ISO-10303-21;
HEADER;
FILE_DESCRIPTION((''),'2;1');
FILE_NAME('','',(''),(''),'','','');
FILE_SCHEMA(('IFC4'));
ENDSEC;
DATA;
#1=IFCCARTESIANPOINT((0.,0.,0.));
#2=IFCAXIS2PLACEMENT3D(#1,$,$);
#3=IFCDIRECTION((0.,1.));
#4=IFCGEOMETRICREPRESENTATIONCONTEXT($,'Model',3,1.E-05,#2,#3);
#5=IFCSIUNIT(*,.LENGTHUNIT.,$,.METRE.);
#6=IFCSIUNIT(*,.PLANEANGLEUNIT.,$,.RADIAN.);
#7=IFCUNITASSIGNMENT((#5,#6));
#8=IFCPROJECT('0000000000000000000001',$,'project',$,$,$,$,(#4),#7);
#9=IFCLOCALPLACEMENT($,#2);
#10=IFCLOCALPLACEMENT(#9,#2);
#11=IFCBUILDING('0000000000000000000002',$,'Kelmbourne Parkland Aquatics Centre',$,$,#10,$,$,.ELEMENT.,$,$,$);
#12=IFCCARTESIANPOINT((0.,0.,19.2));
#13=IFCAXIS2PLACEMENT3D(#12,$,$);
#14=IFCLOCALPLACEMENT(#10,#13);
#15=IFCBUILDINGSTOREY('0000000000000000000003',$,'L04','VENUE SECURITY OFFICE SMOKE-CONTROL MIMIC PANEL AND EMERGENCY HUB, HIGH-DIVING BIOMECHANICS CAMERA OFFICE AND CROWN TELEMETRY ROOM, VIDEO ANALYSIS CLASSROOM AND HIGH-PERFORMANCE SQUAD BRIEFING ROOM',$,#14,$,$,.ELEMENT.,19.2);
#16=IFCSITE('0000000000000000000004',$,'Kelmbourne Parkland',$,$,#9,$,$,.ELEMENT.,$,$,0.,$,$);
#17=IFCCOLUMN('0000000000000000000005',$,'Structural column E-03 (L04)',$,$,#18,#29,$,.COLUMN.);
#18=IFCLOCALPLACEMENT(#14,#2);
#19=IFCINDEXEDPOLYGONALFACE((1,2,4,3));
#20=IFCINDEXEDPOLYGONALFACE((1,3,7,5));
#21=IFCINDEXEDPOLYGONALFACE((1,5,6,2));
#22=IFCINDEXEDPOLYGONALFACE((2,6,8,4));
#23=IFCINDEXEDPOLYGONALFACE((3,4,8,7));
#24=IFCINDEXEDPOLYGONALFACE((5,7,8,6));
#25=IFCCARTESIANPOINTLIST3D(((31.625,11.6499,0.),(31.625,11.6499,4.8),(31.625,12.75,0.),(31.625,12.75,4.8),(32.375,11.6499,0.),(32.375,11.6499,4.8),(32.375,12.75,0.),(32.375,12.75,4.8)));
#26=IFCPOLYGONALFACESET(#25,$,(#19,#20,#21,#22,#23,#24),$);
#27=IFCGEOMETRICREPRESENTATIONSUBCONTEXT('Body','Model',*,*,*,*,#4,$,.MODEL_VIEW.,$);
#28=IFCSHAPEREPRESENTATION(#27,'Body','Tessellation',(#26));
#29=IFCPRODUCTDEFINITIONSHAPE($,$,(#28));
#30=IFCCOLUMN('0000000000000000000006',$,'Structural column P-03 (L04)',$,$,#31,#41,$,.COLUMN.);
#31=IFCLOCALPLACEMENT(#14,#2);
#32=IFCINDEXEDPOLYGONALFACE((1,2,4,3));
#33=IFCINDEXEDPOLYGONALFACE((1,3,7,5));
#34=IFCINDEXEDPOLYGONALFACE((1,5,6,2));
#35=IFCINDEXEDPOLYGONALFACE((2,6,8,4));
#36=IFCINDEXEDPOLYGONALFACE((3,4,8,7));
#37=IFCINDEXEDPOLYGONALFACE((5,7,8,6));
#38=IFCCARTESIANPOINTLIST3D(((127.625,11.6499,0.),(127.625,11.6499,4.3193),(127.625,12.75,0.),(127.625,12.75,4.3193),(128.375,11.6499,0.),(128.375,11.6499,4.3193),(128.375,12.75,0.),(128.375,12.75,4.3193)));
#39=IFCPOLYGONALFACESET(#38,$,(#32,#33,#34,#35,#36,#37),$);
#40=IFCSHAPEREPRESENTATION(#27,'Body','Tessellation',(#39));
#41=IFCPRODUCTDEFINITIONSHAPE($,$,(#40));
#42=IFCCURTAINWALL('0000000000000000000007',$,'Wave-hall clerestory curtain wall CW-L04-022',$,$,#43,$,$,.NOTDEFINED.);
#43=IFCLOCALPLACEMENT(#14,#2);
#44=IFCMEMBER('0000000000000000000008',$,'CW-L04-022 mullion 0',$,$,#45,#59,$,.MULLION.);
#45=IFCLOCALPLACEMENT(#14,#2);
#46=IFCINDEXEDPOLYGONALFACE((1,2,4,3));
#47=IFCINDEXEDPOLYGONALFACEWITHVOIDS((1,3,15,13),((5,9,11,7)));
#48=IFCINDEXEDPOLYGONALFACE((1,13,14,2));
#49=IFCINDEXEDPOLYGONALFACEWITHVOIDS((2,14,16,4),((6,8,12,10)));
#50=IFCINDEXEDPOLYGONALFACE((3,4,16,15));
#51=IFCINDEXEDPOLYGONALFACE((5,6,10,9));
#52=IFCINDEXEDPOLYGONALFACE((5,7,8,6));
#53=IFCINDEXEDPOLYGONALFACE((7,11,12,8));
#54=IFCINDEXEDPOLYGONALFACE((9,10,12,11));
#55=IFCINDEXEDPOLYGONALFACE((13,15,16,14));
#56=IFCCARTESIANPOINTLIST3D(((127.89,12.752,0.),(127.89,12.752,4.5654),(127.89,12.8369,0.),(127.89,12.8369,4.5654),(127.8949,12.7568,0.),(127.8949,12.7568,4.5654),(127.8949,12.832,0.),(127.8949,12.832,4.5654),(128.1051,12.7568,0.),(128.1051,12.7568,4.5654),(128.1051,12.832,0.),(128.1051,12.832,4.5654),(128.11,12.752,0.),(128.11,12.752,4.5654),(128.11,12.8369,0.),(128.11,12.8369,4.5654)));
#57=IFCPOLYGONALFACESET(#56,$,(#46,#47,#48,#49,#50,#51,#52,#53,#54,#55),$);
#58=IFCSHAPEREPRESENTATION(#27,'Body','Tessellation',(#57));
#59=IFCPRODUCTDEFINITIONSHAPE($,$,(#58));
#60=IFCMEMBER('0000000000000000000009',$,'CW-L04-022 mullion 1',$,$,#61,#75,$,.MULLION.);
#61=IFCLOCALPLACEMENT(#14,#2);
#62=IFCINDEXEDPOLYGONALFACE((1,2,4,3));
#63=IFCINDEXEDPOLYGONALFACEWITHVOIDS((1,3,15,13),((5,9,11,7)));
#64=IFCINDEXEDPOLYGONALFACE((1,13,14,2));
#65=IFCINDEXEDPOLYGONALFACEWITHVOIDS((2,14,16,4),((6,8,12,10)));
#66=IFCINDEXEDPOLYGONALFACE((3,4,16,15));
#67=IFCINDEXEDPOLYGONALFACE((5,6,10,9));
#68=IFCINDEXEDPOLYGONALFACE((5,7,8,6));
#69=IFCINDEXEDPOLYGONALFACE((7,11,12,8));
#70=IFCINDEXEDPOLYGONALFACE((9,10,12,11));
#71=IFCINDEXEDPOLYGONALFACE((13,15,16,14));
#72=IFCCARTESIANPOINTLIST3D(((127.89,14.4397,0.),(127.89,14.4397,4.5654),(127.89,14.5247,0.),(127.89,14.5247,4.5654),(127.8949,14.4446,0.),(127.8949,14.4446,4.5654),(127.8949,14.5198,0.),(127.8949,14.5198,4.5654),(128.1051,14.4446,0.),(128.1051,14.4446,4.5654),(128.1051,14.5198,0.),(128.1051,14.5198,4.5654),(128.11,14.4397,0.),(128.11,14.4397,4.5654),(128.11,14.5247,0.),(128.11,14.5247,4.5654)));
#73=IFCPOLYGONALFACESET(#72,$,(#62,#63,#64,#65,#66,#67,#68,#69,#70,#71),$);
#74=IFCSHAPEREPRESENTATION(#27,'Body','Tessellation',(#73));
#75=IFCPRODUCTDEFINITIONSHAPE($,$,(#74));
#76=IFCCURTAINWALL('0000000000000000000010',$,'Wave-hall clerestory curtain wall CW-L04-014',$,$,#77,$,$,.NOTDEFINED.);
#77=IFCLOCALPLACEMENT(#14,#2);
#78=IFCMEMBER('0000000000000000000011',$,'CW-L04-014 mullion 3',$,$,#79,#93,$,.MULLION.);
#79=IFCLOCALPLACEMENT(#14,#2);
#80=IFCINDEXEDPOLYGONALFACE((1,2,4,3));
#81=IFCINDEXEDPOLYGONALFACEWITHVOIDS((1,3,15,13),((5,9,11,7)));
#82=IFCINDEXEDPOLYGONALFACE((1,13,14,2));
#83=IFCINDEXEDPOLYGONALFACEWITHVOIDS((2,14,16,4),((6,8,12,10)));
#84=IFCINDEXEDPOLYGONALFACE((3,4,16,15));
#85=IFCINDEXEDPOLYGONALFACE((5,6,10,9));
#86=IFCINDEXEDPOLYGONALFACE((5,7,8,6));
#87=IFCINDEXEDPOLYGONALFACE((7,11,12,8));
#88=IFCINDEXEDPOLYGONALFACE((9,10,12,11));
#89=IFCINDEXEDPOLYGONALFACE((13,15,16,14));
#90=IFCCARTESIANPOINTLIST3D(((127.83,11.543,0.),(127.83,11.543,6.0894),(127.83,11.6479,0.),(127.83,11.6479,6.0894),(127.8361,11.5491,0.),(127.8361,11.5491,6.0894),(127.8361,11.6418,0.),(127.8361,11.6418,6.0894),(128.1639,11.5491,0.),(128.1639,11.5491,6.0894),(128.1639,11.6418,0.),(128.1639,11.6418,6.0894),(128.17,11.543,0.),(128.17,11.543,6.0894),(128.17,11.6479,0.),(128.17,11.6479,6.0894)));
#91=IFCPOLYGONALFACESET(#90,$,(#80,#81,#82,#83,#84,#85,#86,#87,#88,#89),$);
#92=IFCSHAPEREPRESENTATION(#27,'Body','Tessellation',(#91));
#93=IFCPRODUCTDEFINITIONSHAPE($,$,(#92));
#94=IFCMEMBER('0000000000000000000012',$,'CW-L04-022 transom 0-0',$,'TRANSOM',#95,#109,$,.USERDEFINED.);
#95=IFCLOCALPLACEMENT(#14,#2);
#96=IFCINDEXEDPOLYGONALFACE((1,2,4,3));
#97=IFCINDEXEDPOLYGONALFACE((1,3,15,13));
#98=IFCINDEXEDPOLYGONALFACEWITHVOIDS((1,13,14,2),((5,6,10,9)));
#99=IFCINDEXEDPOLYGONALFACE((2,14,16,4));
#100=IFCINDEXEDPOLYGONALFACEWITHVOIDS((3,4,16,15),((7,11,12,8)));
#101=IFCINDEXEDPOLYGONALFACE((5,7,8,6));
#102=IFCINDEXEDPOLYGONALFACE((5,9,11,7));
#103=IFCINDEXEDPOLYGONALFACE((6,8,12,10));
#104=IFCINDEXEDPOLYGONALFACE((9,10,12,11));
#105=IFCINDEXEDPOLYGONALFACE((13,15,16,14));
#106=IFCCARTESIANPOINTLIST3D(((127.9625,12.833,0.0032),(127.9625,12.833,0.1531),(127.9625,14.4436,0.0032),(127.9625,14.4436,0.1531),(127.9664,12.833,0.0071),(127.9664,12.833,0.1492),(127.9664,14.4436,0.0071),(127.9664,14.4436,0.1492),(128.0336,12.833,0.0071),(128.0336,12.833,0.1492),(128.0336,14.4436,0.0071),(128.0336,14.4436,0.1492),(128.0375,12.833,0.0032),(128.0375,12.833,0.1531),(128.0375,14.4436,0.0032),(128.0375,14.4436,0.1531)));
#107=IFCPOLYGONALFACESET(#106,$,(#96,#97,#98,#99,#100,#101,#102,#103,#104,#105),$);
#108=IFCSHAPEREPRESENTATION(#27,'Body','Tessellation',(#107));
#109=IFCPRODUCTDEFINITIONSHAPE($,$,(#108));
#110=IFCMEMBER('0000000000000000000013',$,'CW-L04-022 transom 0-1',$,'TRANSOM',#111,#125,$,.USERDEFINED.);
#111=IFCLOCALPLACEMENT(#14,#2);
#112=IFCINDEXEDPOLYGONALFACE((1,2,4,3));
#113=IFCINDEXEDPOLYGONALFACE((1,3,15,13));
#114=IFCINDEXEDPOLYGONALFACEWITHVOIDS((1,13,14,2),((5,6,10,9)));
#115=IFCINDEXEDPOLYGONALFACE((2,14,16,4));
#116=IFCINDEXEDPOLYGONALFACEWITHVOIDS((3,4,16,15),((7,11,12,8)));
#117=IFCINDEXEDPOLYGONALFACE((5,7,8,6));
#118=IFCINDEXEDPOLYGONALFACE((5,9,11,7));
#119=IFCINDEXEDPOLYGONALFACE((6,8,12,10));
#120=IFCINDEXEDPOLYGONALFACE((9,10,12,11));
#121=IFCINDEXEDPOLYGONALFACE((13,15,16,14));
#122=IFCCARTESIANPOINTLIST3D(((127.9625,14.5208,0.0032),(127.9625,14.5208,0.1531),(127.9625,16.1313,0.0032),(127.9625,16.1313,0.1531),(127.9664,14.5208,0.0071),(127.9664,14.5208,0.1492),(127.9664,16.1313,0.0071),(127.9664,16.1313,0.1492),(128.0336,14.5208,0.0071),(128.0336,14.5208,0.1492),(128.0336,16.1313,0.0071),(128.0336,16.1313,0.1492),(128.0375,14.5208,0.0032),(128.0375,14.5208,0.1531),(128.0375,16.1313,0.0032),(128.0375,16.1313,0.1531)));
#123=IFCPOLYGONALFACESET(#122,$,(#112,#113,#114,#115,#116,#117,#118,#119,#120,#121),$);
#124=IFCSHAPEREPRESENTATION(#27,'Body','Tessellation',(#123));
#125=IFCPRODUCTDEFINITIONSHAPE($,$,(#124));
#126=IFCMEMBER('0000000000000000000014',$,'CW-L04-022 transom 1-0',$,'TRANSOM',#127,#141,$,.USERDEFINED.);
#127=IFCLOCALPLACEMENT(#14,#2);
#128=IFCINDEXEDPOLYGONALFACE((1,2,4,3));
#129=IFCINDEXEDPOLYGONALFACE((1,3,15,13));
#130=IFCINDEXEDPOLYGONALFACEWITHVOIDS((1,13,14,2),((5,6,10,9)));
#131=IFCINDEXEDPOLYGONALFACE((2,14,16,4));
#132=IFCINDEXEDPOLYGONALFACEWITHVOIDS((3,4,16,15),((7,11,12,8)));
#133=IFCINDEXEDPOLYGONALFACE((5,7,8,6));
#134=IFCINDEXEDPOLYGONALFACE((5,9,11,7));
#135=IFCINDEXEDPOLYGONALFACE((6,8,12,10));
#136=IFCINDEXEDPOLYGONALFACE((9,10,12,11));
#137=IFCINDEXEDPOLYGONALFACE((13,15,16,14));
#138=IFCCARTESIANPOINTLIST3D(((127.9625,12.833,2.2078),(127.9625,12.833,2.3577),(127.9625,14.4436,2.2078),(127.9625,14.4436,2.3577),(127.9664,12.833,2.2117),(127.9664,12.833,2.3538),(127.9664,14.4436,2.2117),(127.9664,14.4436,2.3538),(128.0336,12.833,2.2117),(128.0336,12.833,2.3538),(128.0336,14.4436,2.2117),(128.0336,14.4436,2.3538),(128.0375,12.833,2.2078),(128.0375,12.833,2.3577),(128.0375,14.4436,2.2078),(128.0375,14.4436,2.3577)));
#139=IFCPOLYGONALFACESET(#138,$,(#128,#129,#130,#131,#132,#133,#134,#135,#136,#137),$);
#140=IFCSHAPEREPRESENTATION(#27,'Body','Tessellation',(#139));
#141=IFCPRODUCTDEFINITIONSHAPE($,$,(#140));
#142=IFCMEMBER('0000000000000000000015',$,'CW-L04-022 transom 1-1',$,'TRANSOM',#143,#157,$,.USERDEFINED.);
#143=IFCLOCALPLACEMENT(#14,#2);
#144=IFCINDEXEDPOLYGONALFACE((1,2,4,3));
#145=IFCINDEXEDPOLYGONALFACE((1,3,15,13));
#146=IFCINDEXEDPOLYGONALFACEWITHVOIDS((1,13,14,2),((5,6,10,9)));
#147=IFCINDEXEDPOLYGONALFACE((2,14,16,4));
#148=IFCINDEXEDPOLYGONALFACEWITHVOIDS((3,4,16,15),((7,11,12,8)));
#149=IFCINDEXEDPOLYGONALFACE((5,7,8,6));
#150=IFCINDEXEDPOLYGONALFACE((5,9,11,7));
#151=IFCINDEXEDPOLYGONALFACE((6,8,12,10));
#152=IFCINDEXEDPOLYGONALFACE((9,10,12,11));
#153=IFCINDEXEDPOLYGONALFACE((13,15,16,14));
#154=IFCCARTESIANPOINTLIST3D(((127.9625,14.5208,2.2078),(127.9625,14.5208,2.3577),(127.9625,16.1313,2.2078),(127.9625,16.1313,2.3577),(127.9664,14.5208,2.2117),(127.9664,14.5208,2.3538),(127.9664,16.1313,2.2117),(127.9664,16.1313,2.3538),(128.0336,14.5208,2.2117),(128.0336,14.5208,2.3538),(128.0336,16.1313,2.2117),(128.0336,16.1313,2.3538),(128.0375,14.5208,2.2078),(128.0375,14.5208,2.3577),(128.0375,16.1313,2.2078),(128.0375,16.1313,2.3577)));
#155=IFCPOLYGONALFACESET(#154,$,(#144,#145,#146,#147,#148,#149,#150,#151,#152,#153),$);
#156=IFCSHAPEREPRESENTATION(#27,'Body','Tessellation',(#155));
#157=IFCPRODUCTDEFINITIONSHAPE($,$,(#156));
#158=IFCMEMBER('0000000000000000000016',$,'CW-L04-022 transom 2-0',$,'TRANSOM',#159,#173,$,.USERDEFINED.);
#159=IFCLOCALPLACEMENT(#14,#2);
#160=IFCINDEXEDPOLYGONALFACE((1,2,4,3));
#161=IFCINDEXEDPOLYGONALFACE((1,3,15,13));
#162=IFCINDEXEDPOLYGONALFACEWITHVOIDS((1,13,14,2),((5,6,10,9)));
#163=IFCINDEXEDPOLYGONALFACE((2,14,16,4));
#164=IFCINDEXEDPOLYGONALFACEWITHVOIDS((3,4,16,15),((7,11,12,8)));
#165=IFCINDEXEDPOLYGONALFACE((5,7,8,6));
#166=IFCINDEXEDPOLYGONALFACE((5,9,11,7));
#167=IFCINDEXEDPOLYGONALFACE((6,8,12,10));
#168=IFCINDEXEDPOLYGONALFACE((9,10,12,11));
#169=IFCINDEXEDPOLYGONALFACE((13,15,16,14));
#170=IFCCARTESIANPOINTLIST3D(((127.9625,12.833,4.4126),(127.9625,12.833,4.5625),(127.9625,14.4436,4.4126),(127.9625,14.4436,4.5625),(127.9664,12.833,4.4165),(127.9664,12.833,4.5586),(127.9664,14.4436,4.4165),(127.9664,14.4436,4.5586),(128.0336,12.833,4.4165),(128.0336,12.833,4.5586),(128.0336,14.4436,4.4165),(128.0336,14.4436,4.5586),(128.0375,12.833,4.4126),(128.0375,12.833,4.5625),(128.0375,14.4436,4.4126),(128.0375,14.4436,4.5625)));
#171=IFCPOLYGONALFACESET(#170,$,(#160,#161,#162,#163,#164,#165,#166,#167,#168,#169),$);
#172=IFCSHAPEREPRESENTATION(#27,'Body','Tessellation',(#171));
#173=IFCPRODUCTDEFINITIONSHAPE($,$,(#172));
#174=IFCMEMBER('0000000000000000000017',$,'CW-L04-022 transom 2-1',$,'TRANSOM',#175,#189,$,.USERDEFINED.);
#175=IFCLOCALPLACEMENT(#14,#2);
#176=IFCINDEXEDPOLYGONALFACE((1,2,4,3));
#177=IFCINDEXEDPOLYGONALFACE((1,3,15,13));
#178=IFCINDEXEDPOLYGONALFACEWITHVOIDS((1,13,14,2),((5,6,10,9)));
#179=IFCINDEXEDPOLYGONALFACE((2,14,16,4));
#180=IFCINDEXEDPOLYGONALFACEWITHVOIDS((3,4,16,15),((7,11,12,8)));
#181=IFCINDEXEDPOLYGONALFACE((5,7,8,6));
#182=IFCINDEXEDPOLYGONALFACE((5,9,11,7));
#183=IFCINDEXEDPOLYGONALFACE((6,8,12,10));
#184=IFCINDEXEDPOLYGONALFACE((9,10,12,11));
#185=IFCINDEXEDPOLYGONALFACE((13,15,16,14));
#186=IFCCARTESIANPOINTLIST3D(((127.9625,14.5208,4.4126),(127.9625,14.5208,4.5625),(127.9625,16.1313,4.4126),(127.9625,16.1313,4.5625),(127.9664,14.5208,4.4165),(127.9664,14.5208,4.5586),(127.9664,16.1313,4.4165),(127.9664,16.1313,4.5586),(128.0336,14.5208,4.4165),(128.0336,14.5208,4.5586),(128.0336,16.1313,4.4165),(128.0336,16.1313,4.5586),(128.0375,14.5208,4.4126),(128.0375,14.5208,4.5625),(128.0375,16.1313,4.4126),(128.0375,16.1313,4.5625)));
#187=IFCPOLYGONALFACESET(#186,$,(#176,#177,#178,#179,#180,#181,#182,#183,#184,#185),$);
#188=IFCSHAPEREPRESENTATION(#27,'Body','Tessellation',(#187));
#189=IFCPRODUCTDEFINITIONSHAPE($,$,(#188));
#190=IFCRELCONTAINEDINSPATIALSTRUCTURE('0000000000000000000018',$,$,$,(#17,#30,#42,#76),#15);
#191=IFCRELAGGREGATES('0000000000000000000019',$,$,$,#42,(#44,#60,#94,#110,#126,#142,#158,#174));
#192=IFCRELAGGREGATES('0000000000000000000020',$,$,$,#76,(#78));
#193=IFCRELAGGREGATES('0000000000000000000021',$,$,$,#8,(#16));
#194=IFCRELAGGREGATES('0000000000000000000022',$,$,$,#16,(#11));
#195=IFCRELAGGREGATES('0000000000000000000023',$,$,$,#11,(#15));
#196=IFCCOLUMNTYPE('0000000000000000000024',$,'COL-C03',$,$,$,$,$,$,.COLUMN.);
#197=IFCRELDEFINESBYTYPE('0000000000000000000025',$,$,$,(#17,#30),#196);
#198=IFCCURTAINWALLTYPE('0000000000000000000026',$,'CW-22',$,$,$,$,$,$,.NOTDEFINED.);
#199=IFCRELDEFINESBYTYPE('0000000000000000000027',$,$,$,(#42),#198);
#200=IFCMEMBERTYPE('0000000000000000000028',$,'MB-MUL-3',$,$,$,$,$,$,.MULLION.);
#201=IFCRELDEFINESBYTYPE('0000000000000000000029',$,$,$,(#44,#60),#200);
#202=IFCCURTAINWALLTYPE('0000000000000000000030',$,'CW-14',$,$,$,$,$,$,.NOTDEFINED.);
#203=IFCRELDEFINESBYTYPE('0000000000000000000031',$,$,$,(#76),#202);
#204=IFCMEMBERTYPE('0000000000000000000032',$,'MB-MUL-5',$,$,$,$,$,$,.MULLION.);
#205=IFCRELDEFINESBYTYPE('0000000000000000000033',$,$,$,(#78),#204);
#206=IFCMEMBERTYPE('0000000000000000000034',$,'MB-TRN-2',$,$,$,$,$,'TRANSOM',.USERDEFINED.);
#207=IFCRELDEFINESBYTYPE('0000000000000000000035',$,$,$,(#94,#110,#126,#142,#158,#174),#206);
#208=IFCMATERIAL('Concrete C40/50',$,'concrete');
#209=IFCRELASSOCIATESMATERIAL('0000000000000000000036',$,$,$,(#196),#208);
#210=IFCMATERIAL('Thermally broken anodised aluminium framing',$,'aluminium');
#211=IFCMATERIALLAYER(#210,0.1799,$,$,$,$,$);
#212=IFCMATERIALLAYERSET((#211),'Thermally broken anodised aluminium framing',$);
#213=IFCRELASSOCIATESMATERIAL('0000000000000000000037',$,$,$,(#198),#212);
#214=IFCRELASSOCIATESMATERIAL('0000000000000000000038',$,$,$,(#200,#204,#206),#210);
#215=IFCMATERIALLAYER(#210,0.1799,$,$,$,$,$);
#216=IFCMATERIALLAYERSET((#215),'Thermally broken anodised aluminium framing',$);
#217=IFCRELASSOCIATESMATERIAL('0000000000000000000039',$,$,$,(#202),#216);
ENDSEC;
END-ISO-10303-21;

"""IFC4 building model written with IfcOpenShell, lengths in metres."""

from ifc_helpers import new_model, si_unit, direction, frame, origin, origin_2d, place, context, subcontext, project, spatial, rectangle, hollow_rectangle, extrude, material, layer, layer_set, material_profile, profile_set, type_object, element, aggregate, save


model = new_model("IFC4")

# Units and contexts
model_context = context("Model", 3, precision=1e-05, world=origin(), true_north=direction((0.0, 1.0)))
body_context = subcontext(model_context, "Body", "Model", "MODEL_VIEW")
ifc_project = project(units=[si_unit("LENGTHUNIT", "METRE"), si_unit("PLANEANGLEUNIT", "RADIAN")], contexts=[model_context])

# Site, building, storey
site_placement = place(None, origin())
site = spatial("IfcSite", under=ifc_project, at=site_placement, Name="Kelmbourne Parkland", CompositionType="ELEMENT", RefElevation=0.0)
building_placement = place(site_placement, origin())
building = spatial("IfcBuilding", under=site, at=building_placement, Name="Kelmbourne Parkland Aquatics Centre", CompositionType="ELEMENT")
storey_placement = place(building_placement, frame((0.0, 0.0, 19.2)))
storey = spatial("IfcBuildingStorey", under=building, at=storey_placement, Name="L04", Description="VENUE SECURITY OFFICE SMOKE-CONTROL MIMIC PANEL AND EMERGENCY HUB, HIGH-DIVING BIOMECHANICS CAMERA OFFICE AND CROWN TELEMETRY ROOM, VIDEO ANALYSIS CLASSROOM AND HIGH-PERFORMANCE SQUAD BRIEFING ROOM", CompositionType="ELEMENT", Elevation=19.2)

# Columns
ifc_material_1 = material(Name="Concrete C40/50", Category="concrete")
ifc_material_profile_1 = material_profile(ifc_material_1, rectangle(XDim=0.75, YDim=1.1001, at=origin_2d()), Name="RC 750x1100")
ifc_profile_set_1 = profile_set([ifc_material_profile_1], Name="Concrete C40/50")
column_type = type_object("IfcColumnType", Name="COL-C03", PredefinedType="COLUMN", material=ifc_profile_set_1)
column_1_placement = place(storey_placement, frame((32.0, 12.2, 0.0), z_axis=(0.0, 0.0, 1.0), x_axis=(1.0, 0.0, 0.0)))
element("IfcColumn", 1, at=column_1_placement, inside=storey, type_object=column_type, Name="Structural column E-03 (L04)", PredefinedType="COLUMN", context=body_context, shape_type="SweptSolid", body=[
    extrude(rectangle(XDim=0.75, YDim=1.1001, at=origin_2d()), origin(), (0.0, 0.0, 1.0), 4.8),
])
column_2_placement = place(storey_placement, frame((128.0, 12.2, 0.0), z_axis=(0.0, 0.0, 1.0), x_axis=(1.0, 0.0, 0.0)))
element("IfcColumn", 2, at=column_2_placement, inside=storey, type_object=column_type, Name="Structural column P-03 (L04)", PredefinedType="COLUMN", context=body_context, shape_type="SweptSolid", body=[
    extrude(rectangle(XDim=0.75, YDim=1.1001, at=origin_2d()), origin(), (0.0, 0.0, 1.0), 4.3193),
])

# Curtain wall, members
ifc_material_2 = material(Name="Thermally broken anodised aluminium framing", Category="aluminium")
ifc_layer_1 = layer(ifc_material_2, 0.1799)
ifc_layer_set_1 = layer_set([ifc_layer_1], Name="Thermally broken anodised aluminium framing")
curtain_wall_type_1 = type_object("IfcCurtainWallType", Name="CW-22", PredefinedType="NOTDEFINED", material=ifc_layer_set_1)
curtain_wall_1_placement = place(storey_placement, origin())
curtain_wall_1 = element("IfcCurtainWall", 3, at=curtain_wall_1_placement, inside=storey, type_object=curtain_wall_type_1, Name="Wave-hall clerestory curtain wall CW-L04-022", PredefinedType="NOTDEFINED")
ifc_material_profile_2 = material_profile(ifc_material_2, hollow_rectangle(XDim=0.085, YDim=0.22, WallThickness=0.0049, at=origin_2d()), Name="CW-M 85x220")
ifc_profile_set_2 = profile_set([ifc_material_profile_2], Name="Thermally broken anodised aluminium framing")
member_type_1 = type_object("IfcMemberType", Name="MB-MUL-3", PredefinedType="MULLION", material=ifc_profile_set_2)
member_1_placement = place(storey_placement, frame((128.0, 12.7944, 0.0), z_axis=(0.0, 0.0, 1.0), x_axis=(0.0, 1.0, 0.0)))
member_1 = element("IfcMember", 4, at=member_1_placement, type_object=member_type_1, Name="CW-L04-022 mullion 0", PredefinedType="MULLION", context=body_context, shape_type="SweptSolid", body=[
    extrude(hollow_rectangle(XDim=0.085, YDim=0.22, WallThickness=0.0049, at=origin_2d()), origin(), (0.0, 0.0, 1.0), 4.5654),
])
member_2_placement = place(storey_placement, frame((128.0, 14.4822, 0.0), z_axis=(0.0, 0.0, 1.0), x_axis=(0.0, 1.0, 0.0)))
member_2 = element("IfcMember", 5, at=member_2_placement, type_object=member_type_1, Name="CW-L04-022 mullion 1", PredefinedType="MULLION", context=body_context, shape_type="SweptSolid", body=[
    extrude(hollow_rectangle(XDim=0.085, YDim=0.22, WallThickness=0.0049, at=origin_2d()), origin(), (0.0, 0.0, 1.0), 4.5654),
])

# Curtain wall, member
ifc_layer_2 = layer(ifc_material_2, 0.1799)
ifc_layer_set_2 = layer_set([ifc_layer_2], Name="Thermally broken anodised aluminium framing")
curtain_wall_type_2 = type_object("IfcCurtainWallType", Name="CW-14", PredefinedType="NOTDEFINED", material=ifc_layer_set_2)
curtain_wall_2_placement = place(storey_placement, origin())
curtain_wall_2 = element("IfcCurtainWall", 6, at=curtain_wall_2_placement, inside=storey, type_object=curtain_wall_type_2, Name="Wave-hall clerestory curtain wall CW-L04-014", PredefinedType="NOTDEFINED")
ifc_material_profile_3 = material_profile(ifc_material_2, hollow_rectangle(XDim=0.105, YDim=0.3401, WallThickness=0.0061, at=origin_2d()), Name="CW-M 105x340")
ifc_profile_set_3 = profile_set([ifc_material_profile_3], Name="Thermally broken anodised aluminium framing")
member_type_2 = type_object("IfcMemberType", Name="MB-MUL-5", PredefinedType="MULLION", material=ifc_profile_set_3)
member_3_placement = place(storey_placement, frame((128.0, 11.5955, 0.0), z_axis=(0.0, 0.0, 1.0), x_axis=(0.0, 1.0, 0.0)))
member_3 = element("IfcMember", 7, at=member_3_placement, type_object=member_type_2, Name="CW-L04-014 mullion 3", PredefinedType="MULLION", context=body_context, shape_type="SweptSolid", body=[
    extrude(hollow_rectangle(XDim=0.105, YDim=0.3401, WallThickness=0.0061, at=origin_2d()), origin(), (0.0, 0.0, 1.0), 6.0894),
])

# Members
ifc_material_profile_4 = material_profile(ifc_material_2, hollow_rectangle(XDim=0.075, YDim=0.1499, WallThickness=0.0039, at=origin_2d()), Name="CW-T 75x150")
ifc_profile_set_4 = profile_set([ifc_material_profile_4], Name="Thermally broken anodised aluminium framing")
member_type_3 = type_object("IfcMemberType", Name="MB-TRN-2", ElementType="TRANSOM", PredefinedType="USERDEFINED", material=ifc_profile_set_4)
member_4_placement = place(storey_placement, frame((128.0, 12.833, 0.0781), z_axis=(0.0, 1.0, 0.0), x_axis=(-1.0, 0.0, 0.0)))
member_4 = element("IfcMember", 8, at=member_4_placement, type_object=member_type_3, Name="CW-L04-022 transom 0-0", ObjectType="TRANSOM", PredefinedType="USERDEFINED", context=body_context, shape_type="SweptSolid", body=[
    extrude(hollow_rectangle(XDim=0.075, YDim=0.1499, WallThickness=0.0039, at=origin_2d()), origin(), (0.0, 0.0, 1.0), 1.6106),
])
member_5_placement = place(storey_placement, frame((128.0, 14.5208, 0.0781), z_axis=(0.0, 1.0, 0.0), x_axis=(-1.0, 0.0, 0.0)))
member_5 = element("IfcMember", 9, at=member_5_placement, type_object=member_type_3, Name="CW-L04-022 transom 0-1", ObjectType="TRANSOM", PredefinedType="USERDEFINED", context=body_context, shape_type="SweptSolid", body=[
    extrude(hollow_rectangle(XDim=0.075, YDim=0.1499, WallThickness=0.0039, at=origin_2d()), origin(), (0.0, 0.0, 1.0), 1.6106),
])
member_6_placement = place(storey_placement, frame((128.0, 12.833, 2.2827), z_axis=(0.0, 1.0, 0.0), x_axis=(-1.0, 0.0, 0.0)))
member_6 = element("IfcMember", 10, at=member_6_placement, type_object=member_type_3, Name="CW-L04-022 transom 1-0", ObjectType="TRANSOM", PredefinedType="USERDEFINED", context=body_context, shape_type="SweptSolid", body=[
    extrude(hollow_rectangle(XDim=0.075, YDim=0.1499, WallThickness=0.0039, at=origin_2d()), origin(), (0.0, 0.0, 1.0), 1.6106),
])
member_7_placement = place(storey_placement, frame((128.0, 14.5208, 2.2827), z_axis=(0.0, 1.0, 0.0), x_axis=(-1.0, 0.0, 0.0)))
member_7 = element("IfcMember", 11, at=member_7_placement, type_object=member_type_3, Name="CW-L04-022 transom 1-1", ObjectType="TRANSOM", PredefinedType="USERDEFINED", context=body_context, shape_type="SweptSolid", body=[
    extrude(hollow_rectangle(XDim=0.075, YDim=0.1499, WallThickness=0.0039, at=origin_2d()), origin(), (0.0, 0.0, 1.0), 1.6106),
])
member_8_placement = place(storey_placement, frame((128.0, 12.833, 4.4875), z_axis=(0.0, 1.0, 0.0), x_axis=(-1.0, 0.0, 0.0)))
member_8 = element("IfcMember", 12, at=member_8_placement, type_object=member_type_3, Name="CW-L04-022 transom 2-0", ObjectType="TRANSOM", PredefinedType="USERDEFINED", context=body_context, shape_type="SweptSolid", body=[
    extrude(hollow_rectangle(XDim=0.075, YDim=0.1499, WallThickness=0.0039, at=origin_2d()), origin(), (0.0, 0.0, 1.0), 1.6106),
])
member_9_placement = place(storey_placement, frame((128.0, 14.5208, 4.4875), z_axis=(0.0, 1.0, 0.0), x_axis=(-1.0, 0.0, 0.0)))
member_9 = element("IfcMember", 13, at=member_9_placement, type_object=member_type_3, Name="CW-L04-022 transom 2-1", ObjectType="TRANSOM", PredefinedType="USERDEFINED", context=body_context, shape_type="SweptSolid", body=[
    extrude(hollow_rectangle(XDim=0.075, YDim=0.1499, WallThickness=0.0039, at=origin_2d()), origin(), (0.0, 0.0, 1.0), 1.6106),
])

aggregate(curtain_wall_1, [member_1, member_2, member_4, member_5, member_6, member_7, member_8, member_9])
aggregate(curtain_wall_2, [member_3])

save(model, "model.ifc")
